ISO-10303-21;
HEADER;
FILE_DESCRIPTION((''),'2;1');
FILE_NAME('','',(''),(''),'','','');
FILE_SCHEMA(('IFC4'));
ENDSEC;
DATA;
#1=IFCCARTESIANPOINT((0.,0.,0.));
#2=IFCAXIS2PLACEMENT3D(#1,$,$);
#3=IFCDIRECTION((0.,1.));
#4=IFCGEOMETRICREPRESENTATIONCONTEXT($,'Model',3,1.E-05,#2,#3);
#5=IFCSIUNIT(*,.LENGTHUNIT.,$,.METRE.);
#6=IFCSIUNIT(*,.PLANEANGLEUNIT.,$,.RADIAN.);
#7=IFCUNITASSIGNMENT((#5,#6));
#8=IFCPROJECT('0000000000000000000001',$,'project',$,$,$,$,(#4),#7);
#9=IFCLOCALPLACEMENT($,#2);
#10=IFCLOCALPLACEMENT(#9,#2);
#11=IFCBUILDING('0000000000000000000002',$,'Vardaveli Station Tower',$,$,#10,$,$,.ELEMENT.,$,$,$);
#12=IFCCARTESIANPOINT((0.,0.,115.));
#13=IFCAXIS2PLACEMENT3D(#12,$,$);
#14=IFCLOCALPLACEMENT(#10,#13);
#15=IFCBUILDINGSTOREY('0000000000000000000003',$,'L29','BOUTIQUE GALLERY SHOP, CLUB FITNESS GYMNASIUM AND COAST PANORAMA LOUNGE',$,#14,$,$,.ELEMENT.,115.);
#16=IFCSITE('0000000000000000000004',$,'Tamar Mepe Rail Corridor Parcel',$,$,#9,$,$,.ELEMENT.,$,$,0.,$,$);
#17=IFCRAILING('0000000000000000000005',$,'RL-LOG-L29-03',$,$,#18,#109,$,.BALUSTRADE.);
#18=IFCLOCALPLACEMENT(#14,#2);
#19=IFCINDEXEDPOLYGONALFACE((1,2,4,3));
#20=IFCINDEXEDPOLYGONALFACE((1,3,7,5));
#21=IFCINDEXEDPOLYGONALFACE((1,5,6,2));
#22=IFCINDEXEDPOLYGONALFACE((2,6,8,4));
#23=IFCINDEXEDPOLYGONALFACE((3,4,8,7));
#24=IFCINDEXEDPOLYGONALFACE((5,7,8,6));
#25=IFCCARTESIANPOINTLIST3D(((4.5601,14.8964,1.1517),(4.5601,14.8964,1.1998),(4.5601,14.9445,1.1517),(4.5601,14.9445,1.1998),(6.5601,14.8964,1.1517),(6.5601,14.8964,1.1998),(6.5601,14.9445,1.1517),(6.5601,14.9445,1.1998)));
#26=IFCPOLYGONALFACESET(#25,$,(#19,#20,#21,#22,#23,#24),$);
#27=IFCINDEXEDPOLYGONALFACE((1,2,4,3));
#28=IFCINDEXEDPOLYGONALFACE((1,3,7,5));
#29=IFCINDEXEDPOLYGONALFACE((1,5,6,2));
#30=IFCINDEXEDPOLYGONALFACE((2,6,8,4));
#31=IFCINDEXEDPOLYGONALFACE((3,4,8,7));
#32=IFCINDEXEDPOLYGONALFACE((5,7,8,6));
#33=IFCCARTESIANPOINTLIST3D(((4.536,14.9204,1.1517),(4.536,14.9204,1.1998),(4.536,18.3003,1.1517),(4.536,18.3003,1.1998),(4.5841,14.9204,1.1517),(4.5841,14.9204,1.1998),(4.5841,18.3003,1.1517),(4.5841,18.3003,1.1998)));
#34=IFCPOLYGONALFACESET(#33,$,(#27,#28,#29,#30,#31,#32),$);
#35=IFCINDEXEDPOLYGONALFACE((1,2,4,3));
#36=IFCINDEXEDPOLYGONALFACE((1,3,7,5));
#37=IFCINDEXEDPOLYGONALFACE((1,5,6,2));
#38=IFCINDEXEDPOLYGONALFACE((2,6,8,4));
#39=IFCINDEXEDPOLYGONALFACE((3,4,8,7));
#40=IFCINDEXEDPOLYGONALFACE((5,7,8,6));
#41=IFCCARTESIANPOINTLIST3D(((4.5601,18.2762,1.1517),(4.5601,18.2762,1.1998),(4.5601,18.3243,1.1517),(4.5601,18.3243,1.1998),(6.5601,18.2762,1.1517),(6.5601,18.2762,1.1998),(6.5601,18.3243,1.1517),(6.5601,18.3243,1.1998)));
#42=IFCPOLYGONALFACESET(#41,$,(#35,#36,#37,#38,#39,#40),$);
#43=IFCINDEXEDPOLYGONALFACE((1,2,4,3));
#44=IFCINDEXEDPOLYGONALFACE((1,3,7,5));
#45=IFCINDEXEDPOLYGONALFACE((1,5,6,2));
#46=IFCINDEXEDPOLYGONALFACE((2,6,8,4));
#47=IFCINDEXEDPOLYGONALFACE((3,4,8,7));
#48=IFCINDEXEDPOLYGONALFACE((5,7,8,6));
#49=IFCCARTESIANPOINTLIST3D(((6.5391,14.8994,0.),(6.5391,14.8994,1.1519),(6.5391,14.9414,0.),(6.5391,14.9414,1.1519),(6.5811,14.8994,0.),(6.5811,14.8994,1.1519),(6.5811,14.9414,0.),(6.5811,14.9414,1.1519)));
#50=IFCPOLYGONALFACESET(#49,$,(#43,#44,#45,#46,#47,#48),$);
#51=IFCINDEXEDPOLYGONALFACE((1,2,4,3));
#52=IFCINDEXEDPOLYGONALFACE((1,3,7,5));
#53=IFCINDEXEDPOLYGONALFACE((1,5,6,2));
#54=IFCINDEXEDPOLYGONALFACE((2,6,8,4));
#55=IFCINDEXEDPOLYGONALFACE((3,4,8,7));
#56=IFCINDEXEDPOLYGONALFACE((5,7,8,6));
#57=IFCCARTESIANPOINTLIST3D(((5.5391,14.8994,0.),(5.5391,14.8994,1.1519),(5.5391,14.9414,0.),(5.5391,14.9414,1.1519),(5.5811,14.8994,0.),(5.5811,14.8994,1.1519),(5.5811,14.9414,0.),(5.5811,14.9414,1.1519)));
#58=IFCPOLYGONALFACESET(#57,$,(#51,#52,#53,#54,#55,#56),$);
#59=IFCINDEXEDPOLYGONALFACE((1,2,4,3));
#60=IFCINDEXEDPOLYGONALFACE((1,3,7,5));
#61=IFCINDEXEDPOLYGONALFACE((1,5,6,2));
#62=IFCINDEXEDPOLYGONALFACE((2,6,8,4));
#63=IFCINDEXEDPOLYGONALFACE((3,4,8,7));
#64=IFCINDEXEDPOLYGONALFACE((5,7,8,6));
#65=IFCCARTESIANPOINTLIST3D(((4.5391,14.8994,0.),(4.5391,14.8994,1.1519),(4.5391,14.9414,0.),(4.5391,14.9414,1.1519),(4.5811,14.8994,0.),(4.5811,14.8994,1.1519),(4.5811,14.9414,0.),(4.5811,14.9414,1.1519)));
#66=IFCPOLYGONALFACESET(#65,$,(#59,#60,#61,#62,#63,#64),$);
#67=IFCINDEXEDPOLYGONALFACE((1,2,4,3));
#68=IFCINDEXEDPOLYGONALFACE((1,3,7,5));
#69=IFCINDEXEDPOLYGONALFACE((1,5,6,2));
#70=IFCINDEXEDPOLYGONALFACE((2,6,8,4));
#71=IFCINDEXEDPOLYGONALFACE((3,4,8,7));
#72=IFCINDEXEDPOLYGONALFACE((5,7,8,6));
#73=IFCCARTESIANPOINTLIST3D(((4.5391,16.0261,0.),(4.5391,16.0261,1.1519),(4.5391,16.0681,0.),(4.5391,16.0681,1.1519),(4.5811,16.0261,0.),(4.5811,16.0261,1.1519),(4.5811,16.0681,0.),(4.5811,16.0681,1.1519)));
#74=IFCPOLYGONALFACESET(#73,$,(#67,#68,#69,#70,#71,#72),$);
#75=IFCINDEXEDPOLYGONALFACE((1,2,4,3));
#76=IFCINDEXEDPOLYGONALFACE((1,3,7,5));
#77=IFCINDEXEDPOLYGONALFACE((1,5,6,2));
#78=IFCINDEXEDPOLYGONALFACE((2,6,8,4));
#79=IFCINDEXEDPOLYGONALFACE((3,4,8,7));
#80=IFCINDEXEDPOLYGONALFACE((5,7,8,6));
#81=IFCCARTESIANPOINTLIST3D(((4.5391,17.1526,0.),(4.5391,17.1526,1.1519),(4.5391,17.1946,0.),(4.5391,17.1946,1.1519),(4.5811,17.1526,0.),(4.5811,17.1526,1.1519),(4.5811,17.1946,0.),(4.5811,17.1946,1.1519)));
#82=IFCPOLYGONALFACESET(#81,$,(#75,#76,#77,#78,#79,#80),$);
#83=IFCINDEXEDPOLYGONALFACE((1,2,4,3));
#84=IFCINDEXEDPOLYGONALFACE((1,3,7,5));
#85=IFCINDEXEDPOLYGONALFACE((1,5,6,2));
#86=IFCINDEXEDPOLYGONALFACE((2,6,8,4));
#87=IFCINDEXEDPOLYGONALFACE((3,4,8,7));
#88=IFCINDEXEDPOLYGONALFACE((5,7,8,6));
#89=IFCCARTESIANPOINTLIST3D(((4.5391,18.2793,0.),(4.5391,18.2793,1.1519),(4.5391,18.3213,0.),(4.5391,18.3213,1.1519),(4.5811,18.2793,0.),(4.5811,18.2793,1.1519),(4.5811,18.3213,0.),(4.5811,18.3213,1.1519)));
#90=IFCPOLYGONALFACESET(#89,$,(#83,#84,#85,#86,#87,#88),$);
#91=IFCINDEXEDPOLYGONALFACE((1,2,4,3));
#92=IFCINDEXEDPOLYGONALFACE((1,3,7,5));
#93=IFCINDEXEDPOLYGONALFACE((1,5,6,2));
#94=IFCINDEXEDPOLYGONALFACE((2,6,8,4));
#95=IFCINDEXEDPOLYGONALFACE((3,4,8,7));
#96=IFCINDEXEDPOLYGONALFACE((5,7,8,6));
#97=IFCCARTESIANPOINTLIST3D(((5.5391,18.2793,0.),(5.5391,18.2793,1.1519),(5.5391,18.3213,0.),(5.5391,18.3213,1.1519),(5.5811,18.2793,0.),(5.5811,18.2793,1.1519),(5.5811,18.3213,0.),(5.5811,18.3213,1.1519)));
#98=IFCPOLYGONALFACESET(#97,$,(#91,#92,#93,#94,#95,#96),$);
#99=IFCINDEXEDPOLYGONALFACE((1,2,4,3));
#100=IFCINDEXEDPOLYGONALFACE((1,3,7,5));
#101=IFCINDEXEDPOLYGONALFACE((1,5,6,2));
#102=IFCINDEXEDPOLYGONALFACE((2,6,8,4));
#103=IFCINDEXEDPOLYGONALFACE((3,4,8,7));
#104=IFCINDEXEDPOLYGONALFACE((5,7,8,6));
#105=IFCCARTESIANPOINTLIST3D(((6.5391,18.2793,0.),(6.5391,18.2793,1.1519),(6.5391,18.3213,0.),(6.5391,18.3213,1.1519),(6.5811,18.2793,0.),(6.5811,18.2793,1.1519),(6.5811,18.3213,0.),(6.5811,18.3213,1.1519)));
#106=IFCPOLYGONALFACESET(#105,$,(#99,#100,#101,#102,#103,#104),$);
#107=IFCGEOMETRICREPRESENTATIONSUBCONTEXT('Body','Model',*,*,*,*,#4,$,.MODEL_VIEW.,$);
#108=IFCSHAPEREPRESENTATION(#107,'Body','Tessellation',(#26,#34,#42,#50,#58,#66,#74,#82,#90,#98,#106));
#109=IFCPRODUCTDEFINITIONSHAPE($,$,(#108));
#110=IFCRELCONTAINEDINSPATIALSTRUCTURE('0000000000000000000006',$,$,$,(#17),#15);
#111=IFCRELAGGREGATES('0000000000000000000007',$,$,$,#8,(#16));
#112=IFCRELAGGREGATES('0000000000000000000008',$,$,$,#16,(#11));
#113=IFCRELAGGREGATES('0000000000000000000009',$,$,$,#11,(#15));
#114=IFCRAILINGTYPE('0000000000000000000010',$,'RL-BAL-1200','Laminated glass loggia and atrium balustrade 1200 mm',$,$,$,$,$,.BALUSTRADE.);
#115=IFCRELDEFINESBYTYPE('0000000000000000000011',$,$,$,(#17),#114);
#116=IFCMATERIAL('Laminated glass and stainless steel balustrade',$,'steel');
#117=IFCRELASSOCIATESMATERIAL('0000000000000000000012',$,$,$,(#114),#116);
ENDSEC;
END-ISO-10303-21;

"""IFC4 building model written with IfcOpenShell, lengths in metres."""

from ifc_helpers import new_model, si_unit, direction, frame, origin, origin_2d, place, context, subcontext, project, spatial, rectangle, extrude, source, transform, mapped, material, type_object, element, save


model = new_model("IFC4")

# Units and contexts
model_context = context("Model", 3, precision=1e-05, world=origin(), true_north=direction((0.0, 1.0)))
body_context = subcontext(model_context, "Body", "Model", "MODEL_VIEW")
ifc_project = project(units=[si_unit("LENGTHUNIT", "METRE"), si_unit("PLANEANGLEUNIT", "RADIAN")], contexts=[model_context])

# Site, building, storey
site_placement = place(None, origin())
site = spatial("IfcSite", under=ifc_project, at=site_placement, Name="Tamar Mepe Rail Corridor Parcel", CompositionType="ELEMENT", RefElevation=0.0)
building_placement = place(site_placement, origin())
building = spatial("IfcBuilding", under=site, at=building_placement, Name="Vardaveli Station Tower", CompositionType="ELEMENT")
storey_placement = place(building_placement, frame((0.0, 0.0, 115.0)))
storey = spatial("IfcBuildingStorey", under=building, at=storey_placement, Name="L29", Description="BOUTIQUE GALLERY SHOP, CLUB FITNESS GYMNASIUM AND COAST PANORAMA LOUNGE", CompositionType="ELEMENT", Elevation=115.0)

# Railing
ifc_material_1 = material(Name="Laminated glass and stainless steel balustrade", Category="steel")
railing_type = type_object("IfcRailingType", Name="RL-BAL-1200", Description="Laminated glass loggia and atrium balustrade 1200 mm", PredefinedType="BALUSTRADE", material=ifc_material_1)
shared_shape_1 = source(origin(), body_context, "Body", "SweptSolid", [
    extrude(rectangle(XDim=0.0481, YDim=0.0481, at=origin_2d()), frame((0.0, 0.0, 1.1758), z_axis=(-1.0, 0.0, 0.0), x_axis=(0.0, -1.0, 0.0)), (0.0, 0.0, 1.0), 2.0),
    extrude(rectangle(XDim=0.0481, YDim=0.0481, at=origin_2d()), frame((-2.0, 0.0, 1.1758), z_axis=(0.0, 1.0, 0.0), x_axis=(-1.0, 0.0, 0.0)), (0.0, 0.0, 1.0), 3.3799),
    extrude(rectangle(XDim=0.0481, YDim=0.0481, at=origin_2d()), frame((-2.0, 3.3799, 1.1758), z_axis=(1.0, 0.0, 0.0), x_axis=(0.0, 1.0, 0.0)), (0.0, 0.0, 1.0), 2.0),
    extrude(rectangle(XDim=0.042, YDim=0.042, at=origin_2d()), origin(), (0.0, 0.0, 1.0), 1.1519),
    extrude(rectangle(XDim=0.042, YDim=0.042, at=origin_2d()), frame((-1.0, 0.0, 0.0)), (0.0, 0.0, 1.0), 1.1519),
    extrude(rectangle(XDim=0.042, YDim=0.042, at=origin_2d()), frame((-2.0, 0.0, 0.0)), (0.0, 0.0, 1.0), 1.1519),
    extrude(rectangle(XDim=0.042, YDim=0.042, at=origin_2d()), frame((-2.0, 1.1267, 0.0)), (0.0, 0.0, 1.0), 1.1519),
    extrude(rectangle(XDim=0.042, YDim=0.042, at=origin_2d()), frame((-2.0, 2.2532, 0.0)), (0.0, 0.0, 1.0), 1.1519),
    extrude(rectangle(XDim=0.042, YDim=0.042, at=origin_2d()), frame((-2.0, 3.3799, 0.0)), (0.0, 0.0, 1.0), 1.1519),
    extrude(rectangle(XDim=0.042, YDim=0.042, at=origin_2d()), frame((-1.0, 3.3799, 0.0)), (0.0, 0.0, 1.0), 1.1519),
    extrude(rectangle(XDim=0.042, YDim=0.042, at=origin_2d()), frame((0.0, 3.3799, 0.0)), (0.0, 0.0, 1.0), 1.1519),
])
railing_placement = place(storey_placement, frame((6.5601, 14.9204, 0.0)))
element("IfcRailing", 1, at=railing_placement, inside=storey, type_object=railing_type, Name="RL-LOG-L29-03", PredefinedType="BALUSTRADE", context=body_context, shape_type="MappedRepresentation", body=[
    mapped(shared_shape_1, transform((0.0, 0.0, 0.0), scale=1.0)),
])

save(model, "model.ifc")
